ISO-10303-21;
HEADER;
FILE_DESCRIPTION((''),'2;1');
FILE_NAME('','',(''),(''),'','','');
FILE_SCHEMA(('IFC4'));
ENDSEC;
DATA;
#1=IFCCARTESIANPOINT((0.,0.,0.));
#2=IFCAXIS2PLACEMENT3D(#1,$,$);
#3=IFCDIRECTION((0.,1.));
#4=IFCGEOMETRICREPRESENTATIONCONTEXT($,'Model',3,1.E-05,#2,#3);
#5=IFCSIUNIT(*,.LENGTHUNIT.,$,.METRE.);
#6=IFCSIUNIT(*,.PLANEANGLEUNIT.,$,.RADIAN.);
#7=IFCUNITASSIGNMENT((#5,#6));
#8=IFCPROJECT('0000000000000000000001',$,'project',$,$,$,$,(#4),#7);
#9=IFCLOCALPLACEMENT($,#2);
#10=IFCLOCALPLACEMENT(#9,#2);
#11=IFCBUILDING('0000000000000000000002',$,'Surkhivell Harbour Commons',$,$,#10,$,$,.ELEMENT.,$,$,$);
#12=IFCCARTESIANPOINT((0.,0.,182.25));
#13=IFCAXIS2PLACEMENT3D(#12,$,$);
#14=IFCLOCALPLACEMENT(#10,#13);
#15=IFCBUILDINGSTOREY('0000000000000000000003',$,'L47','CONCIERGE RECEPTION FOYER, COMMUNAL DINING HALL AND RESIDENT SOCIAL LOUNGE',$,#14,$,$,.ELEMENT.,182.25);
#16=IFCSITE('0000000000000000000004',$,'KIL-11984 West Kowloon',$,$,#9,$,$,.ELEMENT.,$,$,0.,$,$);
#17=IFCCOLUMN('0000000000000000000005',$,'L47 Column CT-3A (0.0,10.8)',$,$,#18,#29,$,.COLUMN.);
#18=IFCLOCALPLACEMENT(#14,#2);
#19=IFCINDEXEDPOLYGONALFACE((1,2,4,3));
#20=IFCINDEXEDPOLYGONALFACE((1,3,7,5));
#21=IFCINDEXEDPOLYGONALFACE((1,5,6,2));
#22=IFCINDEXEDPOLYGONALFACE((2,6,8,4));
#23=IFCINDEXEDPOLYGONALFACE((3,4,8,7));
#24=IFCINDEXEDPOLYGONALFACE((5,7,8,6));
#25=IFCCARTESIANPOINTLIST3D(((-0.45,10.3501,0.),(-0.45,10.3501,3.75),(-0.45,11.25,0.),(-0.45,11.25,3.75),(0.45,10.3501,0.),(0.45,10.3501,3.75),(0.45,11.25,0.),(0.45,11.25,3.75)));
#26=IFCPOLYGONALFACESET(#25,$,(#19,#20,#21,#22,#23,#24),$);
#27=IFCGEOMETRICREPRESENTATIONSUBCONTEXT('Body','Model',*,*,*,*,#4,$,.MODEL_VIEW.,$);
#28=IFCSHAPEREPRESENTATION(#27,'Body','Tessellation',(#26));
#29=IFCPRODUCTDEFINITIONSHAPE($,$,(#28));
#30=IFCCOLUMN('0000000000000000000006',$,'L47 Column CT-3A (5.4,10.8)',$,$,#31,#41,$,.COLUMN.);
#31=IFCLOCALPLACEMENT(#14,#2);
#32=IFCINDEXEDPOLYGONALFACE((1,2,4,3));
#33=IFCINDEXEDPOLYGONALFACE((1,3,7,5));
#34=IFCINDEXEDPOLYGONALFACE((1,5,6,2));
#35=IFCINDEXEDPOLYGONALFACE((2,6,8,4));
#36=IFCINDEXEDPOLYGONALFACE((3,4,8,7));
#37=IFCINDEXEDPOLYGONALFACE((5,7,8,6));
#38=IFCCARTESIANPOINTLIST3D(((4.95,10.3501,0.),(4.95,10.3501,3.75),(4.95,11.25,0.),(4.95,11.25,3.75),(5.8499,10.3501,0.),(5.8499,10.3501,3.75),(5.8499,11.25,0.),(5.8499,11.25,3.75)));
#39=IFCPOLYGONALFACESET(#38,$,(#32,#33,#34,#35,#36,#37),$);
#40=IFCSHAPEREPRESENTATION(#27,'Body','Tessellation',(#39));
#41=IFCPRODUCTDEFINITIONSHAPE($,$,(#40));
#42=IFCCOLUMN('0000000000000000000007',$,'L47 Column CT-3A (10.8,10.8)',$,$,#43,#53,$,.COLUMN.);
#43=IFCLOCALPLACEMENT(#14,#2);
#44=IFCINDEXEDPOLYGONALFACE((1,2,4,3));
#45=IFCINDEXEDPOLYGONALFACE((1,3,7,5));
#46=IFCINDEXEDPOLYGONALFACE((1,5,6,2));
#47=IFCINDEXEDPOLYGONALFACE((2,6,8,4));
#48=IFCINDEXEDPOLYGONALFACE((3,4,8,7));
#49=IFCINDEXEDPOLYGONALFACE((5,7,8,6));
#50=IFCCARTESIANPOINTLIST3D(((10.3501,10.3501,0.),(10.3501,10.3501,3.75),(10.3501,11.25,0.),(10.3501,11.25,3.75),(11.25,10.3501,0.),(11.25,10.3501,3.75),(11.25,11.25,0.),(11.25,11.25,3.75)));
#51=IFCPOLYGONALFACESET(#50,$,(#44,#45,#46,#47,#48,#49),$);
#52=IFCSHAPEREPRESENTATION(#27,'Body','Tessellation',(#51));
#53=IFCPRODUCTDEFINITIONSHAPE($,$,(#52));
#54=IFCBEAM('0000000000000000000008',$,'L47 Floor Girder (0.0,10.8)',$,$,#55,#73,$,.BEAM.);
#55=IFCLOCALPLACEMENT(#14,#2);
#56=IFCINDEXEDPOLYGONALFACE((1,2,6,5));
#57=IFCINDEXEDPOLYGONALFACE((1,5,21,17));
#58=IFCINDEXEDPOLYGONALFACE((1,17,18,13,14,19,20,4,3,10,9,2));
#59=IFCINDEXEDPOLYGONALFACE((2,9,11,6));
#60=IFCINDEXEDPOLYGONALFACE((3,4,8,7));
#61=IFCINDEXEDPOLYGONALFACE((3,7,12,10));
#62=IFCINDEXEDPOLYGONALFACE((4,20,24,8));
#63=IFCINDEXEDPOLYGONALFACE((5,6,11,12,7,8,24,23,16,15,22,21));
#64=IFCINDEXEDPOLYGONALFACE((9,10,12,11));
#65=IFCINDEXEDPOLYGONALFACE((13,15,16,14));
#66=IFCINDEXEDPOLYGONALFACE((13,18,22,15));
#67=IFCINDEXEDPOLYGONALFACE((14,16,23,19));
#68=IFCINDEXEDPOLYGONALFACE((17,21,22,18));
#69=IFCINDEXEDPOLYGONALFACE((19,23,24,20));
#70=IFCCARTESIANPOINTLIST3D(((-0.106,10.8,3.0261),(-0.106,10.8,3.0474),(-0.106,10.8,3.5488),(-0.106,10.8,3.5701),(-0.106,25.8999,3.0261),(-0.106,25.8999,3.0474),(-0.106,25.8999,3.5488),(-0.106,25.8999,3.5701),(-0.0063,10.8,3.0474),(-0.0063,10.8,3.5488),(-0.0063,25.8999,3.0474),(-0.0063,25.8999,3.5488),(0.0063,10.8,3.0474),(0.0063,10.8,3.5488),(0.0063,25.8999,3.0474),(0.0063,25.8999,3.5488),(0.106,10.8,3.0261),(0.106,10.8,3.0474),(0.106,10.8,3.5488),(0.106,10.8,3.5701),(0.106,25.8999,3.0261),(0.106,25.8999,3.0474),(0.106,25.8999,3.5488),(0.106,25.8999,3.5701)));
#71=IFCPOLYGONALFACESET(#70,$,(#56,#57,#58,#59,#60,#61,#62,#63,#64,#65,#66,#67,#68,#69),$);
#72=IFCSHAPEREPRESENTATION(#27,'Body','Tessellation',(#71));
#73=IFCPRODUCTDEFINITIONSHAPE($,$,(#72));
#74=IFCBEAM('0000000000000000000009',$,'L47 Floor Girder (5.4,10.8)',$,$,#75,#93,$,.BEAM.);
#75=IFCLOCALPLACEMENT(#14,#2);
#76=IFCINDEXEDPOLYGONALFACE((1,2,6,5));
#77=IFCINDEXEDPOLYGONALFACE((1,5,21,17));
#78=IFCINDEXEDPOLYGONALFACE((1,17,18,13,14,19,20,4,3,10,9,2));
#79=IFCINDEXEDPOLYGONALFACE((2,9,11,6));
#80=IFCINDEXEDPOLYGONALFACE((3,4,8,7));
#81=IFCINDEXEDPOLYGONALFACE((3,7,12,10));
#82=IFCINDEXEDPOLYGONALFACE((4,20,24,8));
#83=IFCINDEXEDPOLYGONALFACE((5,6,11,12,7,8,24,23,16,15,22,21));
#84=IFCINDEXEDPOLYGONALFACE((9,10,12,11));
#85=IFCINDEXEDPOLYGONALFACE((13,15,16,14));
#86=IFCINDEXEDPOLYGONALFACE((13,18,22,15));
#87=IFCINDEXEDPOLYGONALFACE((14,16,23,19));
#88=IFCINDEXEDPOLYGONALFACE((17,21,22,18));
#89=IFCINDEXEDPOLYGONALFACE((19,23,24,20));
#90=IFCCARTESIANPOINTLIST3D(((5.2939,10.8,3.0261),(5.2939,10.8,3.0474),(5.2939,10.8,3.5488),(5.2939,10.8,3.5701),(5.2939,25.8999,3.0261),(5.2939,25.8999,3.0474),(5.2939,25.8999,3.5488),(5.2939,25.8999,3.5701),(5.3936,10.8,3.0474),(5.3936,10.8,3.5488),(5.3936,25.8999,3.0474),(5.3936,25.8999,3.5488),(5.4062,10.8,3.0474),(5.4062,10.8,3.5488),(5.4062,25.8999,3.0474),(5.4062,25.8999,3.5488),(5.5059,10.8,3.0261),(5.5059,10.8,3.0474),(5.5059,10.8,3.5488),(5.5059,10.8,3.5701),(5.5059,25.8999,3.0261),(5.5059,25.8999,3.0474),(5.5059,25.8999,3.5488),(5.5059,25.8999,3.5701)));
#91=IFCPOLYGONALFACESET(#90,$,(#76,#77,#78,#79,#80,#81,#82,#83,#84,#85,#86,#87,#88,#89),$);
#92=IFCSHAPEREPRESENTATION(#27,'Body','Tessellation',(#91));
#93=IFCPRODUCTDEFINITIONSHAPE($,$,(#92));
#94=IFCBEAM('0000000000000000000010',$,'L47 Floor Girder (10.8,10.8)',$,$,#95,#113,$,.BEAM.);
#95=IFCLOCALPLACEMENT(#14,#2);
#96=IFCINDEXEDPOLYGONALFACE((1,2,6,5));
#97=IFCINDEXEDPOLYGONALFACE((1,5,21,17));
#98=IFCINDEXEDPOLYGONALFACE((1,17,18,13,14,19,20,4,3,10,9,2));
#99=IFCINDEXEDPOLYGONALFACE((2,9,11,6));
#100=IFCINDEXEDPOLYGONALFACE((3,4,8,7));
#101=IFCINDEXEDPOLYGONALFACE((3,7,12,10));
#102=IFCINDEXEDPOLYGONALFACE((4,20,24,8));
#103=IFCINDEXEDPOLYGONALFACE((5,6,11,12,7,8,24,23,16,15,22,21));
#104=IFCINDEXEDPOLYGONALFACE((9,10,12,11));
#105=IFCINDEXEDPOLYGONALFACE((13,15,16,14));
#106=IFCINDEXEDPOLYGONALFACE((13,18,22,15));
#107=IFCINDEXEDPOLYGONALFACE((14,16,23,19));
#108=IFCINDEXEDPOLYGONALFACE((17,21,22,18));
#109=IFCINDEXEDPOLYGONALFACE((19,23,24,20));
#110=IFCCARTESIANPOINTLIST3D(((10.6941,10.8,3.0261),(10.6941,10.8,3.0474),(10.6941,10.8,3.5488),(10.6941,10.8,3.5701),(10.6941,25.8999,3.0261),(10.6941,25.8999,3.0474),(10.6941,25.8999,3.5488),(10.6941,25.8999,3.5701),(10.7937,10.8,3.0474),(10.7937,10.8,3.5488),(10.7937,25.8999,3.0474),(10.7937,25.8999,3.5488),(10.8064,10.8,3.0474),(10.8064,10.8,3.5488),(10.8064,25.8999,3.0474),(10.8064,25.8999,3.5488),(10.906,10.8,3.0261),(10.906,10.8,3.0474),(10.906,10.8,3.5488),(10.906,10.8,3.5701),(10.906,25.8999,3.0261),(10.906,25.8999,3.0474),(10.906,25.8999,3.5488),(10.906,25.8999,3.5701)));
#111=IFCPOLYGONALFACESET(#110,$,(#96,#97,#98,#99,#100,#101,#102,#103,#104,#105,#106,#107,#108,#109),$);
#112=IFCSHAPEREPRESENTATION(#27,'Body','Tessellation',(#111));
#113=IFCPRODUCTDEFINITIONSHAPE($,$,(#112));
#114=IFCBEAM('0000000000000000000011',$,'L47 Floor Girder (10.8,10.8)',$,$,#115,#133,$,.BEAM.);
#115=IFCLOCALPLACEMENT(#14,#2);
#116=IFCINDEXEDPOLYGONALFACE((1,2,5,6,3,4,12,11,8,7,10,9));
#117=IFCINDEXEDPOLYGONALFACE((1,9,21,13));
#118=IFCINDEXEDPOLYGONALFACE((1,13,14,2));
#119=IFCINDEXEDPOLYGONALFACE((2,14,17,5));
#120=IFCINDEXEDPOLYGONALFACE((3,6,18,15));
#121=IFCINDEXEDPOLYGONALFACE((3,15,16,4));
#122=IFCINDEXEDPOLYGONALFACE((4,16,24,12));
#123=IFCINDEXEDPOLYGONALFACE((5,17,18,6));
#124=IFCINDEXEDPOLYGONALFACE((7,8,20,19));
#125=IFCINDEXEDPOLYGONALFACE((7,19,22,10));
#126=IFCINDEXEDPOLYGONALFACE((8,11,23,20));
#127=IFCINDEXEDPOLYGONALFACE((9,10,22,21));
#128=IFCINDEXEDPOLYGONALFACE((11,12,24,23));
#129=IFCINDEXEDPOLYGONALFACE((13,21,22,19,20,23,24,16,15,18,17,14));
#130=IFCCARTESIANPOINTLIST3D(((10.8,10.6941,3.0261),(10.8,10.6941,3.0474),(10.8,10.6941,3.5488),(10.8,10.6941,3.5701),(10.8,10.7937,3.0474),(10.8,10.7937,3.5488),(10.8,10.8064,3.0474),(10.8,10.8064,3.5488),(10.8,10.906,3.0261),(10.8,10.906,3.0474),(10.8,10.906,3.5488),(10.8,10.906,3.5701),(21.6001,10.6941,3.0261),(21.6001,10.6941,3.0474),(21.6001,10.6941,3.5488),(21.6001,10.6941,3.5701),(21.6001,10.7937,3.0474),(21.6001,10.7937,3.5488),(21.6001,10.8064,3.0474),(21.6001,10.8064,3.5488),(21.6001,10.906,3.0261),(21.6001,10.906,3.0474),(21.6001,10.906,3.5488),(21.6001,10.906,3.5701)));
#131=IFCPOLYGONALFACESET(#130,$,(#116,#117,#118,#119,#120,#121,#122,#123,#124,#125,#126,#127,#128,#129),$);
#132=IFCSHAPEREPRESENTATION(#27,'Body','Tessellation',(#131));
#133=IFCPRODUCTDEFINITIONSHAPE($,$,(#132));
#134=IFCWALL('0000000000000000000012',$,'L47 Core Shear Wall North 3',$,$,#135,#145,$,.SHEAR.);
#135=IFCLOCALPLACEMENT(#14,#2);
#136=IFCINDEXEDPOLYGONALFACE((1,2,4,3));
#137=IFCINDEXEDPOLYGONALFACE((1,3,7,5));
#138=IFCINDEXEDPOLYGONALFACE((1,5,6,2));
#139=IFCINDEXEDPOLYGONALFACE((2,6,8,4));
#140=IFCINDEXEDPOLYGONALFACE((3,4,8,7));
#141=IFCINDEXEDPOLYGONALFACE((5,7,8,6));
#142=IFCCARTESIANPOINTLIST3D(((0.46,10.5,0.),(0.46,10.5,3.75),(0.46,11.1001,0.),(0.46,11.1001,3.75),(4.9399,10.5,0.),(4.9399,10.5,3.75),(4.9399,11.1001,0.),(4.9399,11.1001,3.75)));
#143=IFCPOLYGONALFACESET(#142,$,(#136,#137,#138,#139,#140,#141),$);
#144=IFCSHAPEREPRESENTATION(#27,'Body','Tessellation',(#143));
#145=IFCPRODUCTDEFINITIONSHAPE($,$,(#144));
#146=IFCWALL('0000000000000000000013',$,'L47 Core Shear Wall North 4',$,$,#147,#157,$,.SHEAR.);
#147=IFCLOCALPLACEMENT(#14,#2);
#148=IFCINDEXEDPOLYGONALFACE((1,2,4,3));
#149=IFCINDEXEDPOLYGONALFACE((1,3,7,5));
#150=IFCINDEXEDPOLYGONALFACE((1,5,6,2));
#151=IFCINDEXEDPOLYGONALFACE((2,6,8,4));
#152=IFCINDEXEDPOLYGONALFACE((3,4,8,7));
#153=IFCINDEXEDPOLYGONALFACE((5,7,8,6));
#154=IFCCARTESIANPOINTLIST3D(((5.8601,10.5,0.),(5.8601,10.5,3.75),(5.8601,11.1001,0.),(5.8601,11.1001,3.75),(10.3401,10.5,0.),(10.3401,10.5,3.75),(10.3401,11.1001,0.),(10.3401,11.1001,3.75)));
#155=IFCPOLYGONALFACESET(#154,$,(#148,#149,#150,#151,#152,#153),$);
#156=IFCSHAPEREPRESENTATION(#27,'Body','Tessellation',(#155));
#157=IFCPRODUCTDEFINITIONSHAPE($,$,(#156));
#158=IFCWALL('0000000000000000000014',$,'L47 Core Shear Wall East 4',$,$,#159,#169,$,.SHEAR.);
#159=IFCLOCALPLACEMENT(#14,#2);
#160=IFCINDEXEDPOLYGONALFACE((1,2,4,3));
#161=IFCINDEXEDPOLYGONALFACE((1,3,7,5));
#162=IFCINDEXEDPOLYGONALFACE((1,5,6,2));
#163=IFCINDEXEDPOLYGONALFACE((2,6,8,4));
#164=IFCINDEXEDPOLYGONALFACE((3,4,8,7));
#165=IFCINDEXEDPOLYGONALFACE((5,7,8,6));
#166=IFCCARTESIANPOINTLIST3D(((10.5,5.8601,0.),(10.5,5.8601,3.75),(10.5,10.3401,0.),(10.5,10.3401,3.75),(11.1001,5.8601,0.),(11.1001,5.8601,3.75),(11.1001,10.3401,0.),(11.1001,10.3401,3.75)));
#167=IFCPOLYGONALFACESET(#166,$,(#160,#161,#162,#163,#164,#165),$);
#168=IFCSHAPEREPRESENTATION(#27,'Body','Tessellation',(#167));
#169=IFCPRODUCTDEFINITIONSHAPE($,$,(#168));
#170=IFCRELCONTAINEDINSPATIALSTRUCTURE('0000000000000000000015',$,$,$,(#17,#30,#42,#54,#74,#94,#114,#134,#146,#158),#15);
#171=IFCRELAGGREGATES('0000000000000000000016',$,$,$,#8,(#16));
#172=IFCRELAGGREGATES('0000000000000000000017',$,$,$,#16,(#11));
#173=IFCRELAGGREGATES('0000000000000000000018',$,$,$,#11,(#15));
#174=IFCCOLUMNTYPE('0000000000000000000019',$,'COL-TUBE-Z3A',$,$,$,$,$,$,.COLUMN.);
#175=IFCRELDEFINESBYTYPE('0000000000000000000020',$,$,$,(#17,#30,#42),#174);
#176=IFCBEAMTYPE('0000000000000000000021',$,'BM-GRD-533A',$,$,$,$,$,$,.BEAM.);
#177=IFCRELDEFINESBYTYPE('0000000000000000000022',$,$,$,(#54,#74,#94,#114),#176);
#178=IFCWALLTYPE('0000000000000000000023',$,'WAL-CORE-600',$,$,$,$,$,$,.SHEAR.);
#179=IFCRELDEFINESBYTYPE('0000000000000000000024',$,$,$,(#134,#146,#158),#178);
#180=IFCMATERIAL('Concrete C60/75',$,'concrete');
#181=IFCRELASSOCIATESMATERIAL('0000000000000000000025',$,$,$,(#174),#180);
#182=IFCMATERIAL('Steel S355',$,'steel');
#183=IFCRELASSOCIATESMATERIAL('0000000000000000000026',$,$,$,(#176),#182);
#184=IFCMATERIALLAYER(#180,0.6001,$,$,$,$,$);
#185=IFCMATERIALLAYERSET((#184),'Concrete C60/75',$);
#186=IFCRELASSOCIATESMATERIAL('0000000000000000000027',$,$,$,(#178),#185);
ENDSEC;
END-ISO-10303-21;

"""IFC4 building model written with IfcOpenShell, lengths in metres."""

from ifc_helpers import new_model, si_unit, direction, frame, frame_2d, origin, origin_2d, place, context, subcontext, project, spatial, rectangle, i_section, extrude, material, layer, layer_set, material_profile, profile_set, type_object, element, save


model = new_model("IFC4")

# Units and contexts
model_context = context("Model", 3, precision=1e-05, world=origin(), true_north=direction((0.0, 1.0)))
body_context = subcontext(model_context, "Body", "Model", "MODEL_VIEW")
ifc_project = project(units=[si_unit("LENGTHUNIT", "METRE"), si_unit("PLANEANGLEUNIT", "RADIAN")], contexts=[model_context])

# Site, building, storey
site_placement = place(None, origin())
site = spatial("IfcSite", under=ifc_project, at=site_placement, Name="KIL-11984 West Kowloon", CompositionType="ELEMENT", RefElevation=0.0)
building_placement = place(site_placement, origin())
building = spatial("IfcBuilding", under=site, at=building_placement, Name="Surkhivell Harbour Commons", CompositionType="ELEMENT")
storey_placement = place(building_placement, frame((0.0, 0.0, 182.25)))
storey = spatial("IfcBuildingStorey", under=building, at=storey_placement, Name="L47", Description="CONCIERGE RECEPTION FOYER, COMMUNAL DINING HALL AND RESIDENT SOCIAL LOUNGE", CompositionType="ELEMENT", Elevation=182.25)

# Columns
ifc_material_1 = material(Name="Concrete C60/75", Category="concrete")
ifc_material_profile_1 = material_profile(ifc_material_1, rectangle(XDim=0.8999, YDim=0.8999, at=origin_2d()), Name="RC-COL-900x900")
ifc_profile_set_1 = profile_set([ifc_material_profile_1], Name="Concrete C60/75")
column_type = type_object("IfcColumnType", Name="COL-TUBE-Z3A", PredefinedType="COLUMN", material=ifc_profile_set_1)
for number, where, z_axis, x_axis, name in (
    (1, (0.0, 10.8, 0.0), (0.0, 0.0, 1.0), (1.0, 0.0, 0.0), "L47 Column CT-3A (0.0,10.8)"),
    (2, (5.3999, 10.8, 0.0), (0.0, 0.0, 1.0), (1.0, 0.0, 0.0), "L47 Column CT-3A (5.4,10.8)"),
    (3, (10.8, 10.8, 0.0), (0.0, 0.0, 1.0), (1.0, 0.0, 0.0), "L47 Column CT-3A (10.8,10.8)"),
):
    element("IfcColumn", number, at=place(storey_placement, frame(where, z_axis=z_axis, x_axis=x_axis)), inside=storey, type_object=column_type, Name=name, PredefinedType="COLUMN", context=body_context, shape_type="SweptSolid", body=[
        extrude(rectangle(XDim=0.8999, YDim=0.8999, at=origin_2d()), origin(), (0.0, 0.0, 1.0), 3.75),
    ])

# Beams
ifc_material_2 = material(Name="Steel S355", Category="steel")
ifc_material_profile_2 = material_profile(ifc_material_2, i_section(OverallWidth=0.2119, OverallDepth=0.5439, WebThickness=0.0127, FlangeThickness=0.0212, at=origin_2d()), Name="UB533x210x122")
ifc_profile_set_2 = profile_set([ifc_material_profile_2], Name="Steel S355")
beam_type = type_object("IfcBeamType", Name="BM-GRD-533A", PredefinedType="BEAM", material=ifc_profile_set_2)
for number, where, z_axis, x_axis, name in (
    (4, (0.0, 10.8, 3.2981), (0.0, 1.0, 0.0), (-1.0, 0.0, 0.0), "L47 Floor Girder (0.0,10.8)"),
    (5, (5.3999, 10.8, 3.2981), (0.0, 1.0, 0.0), (-1.0, 0.0, 0.0), "L47 Floor Girder (5.4,10.8)"),
    (6, (10.8, 10.8, 3.2981), (0.0, 1.0, 0.0), (-1.0, 0.0, 0.0), "L47 Floor Girder (10.8,10.8)"),
):
    element("IfcBeam", number, at=place(storey_placement, frame(where, z_axis=z_axis, x_axis=x_axis)), inside=storey, type_object=beam_type, Name=name, PredefinedType="BEAM", context=body_context, shape_type="SweptSolid", body=[
        extrude(i_section(OverallWidth=0.2119, OverallDepth=0.5439, WebThickness=0.0127, FlangeThickness=0.0212, at=origin_2d()), origin(), (0.0, 0.0, 1.0), 15.0999),
    ])
beam_placement = place(storey_placement, frame((10.8, 10.8, 3.2981), z_axis=(1.0, 0.0, 0.0), x_axis=(0.0, 1.0, 0.0)))
element("IfcBeam", 7, at=beam_placement, inside=storey, type_object=beam_type, Name="L47 Floor Girder (10.8,10.8)", PredefinedType="BEAM", context=body_context, shape_type="SweptSolid", body=[
    extrude(i_section(OverallWidth=0.2119, OverallDepth=0.5439, WebThickness=0.0127, FlangeThickness=0.0212, at=origin_2d()), origin(), (0.0, 0.0, 1.0), 10.8),
])

# Walls
ifc_layer_1 = layer(ifc_material_1, 0.6001)
ifc_layer_set_1 = layer_set([ifc_layer_1], Name="Concrete C60/75")
wall_type_1 = type_object("IfcWallType", Name="WAL-CORE-600", PredefinedType="SHEAR", material=ifc_layer_set_1)
for number, where, z_axis, x_axis, name in (
    (8, (0.46, 10.8, 0.0), (0.0, 0.0, 1.0), (1.0, 0.0, 0.0), "L47 Core Shear Wall North 3"),
    (9, (5.8601, 10.8, 0.0), (0.0, 0.0, 1.0), (1.0, 0.0, 0.0), "L47 Core Shear Wall North 4"),
    (10, (10.8, 5.8601, 0.0), (0.0, 0.0, 1.0), (0.0, 1.0, 0.0), "L47 Core Shear Wall East 4"),
):
    element("IfcWall", number, at=place(storey_placement, frame(where, z_axis=z_axis, x_axis=x_axis)), inside=storey, type_object=wall_type_1, Name=name, PredefinedType="SHEAR", context=body_context, shape_type="SweptSolid", body=[
        extrude(rectangle(XDim=4.48, YDim=0.6001, at=frame_2d((2.24, 0.0))), origin(), (0.0, 0.0, 1.0), 3.75),
    ])

save(model, "model.ifc")
